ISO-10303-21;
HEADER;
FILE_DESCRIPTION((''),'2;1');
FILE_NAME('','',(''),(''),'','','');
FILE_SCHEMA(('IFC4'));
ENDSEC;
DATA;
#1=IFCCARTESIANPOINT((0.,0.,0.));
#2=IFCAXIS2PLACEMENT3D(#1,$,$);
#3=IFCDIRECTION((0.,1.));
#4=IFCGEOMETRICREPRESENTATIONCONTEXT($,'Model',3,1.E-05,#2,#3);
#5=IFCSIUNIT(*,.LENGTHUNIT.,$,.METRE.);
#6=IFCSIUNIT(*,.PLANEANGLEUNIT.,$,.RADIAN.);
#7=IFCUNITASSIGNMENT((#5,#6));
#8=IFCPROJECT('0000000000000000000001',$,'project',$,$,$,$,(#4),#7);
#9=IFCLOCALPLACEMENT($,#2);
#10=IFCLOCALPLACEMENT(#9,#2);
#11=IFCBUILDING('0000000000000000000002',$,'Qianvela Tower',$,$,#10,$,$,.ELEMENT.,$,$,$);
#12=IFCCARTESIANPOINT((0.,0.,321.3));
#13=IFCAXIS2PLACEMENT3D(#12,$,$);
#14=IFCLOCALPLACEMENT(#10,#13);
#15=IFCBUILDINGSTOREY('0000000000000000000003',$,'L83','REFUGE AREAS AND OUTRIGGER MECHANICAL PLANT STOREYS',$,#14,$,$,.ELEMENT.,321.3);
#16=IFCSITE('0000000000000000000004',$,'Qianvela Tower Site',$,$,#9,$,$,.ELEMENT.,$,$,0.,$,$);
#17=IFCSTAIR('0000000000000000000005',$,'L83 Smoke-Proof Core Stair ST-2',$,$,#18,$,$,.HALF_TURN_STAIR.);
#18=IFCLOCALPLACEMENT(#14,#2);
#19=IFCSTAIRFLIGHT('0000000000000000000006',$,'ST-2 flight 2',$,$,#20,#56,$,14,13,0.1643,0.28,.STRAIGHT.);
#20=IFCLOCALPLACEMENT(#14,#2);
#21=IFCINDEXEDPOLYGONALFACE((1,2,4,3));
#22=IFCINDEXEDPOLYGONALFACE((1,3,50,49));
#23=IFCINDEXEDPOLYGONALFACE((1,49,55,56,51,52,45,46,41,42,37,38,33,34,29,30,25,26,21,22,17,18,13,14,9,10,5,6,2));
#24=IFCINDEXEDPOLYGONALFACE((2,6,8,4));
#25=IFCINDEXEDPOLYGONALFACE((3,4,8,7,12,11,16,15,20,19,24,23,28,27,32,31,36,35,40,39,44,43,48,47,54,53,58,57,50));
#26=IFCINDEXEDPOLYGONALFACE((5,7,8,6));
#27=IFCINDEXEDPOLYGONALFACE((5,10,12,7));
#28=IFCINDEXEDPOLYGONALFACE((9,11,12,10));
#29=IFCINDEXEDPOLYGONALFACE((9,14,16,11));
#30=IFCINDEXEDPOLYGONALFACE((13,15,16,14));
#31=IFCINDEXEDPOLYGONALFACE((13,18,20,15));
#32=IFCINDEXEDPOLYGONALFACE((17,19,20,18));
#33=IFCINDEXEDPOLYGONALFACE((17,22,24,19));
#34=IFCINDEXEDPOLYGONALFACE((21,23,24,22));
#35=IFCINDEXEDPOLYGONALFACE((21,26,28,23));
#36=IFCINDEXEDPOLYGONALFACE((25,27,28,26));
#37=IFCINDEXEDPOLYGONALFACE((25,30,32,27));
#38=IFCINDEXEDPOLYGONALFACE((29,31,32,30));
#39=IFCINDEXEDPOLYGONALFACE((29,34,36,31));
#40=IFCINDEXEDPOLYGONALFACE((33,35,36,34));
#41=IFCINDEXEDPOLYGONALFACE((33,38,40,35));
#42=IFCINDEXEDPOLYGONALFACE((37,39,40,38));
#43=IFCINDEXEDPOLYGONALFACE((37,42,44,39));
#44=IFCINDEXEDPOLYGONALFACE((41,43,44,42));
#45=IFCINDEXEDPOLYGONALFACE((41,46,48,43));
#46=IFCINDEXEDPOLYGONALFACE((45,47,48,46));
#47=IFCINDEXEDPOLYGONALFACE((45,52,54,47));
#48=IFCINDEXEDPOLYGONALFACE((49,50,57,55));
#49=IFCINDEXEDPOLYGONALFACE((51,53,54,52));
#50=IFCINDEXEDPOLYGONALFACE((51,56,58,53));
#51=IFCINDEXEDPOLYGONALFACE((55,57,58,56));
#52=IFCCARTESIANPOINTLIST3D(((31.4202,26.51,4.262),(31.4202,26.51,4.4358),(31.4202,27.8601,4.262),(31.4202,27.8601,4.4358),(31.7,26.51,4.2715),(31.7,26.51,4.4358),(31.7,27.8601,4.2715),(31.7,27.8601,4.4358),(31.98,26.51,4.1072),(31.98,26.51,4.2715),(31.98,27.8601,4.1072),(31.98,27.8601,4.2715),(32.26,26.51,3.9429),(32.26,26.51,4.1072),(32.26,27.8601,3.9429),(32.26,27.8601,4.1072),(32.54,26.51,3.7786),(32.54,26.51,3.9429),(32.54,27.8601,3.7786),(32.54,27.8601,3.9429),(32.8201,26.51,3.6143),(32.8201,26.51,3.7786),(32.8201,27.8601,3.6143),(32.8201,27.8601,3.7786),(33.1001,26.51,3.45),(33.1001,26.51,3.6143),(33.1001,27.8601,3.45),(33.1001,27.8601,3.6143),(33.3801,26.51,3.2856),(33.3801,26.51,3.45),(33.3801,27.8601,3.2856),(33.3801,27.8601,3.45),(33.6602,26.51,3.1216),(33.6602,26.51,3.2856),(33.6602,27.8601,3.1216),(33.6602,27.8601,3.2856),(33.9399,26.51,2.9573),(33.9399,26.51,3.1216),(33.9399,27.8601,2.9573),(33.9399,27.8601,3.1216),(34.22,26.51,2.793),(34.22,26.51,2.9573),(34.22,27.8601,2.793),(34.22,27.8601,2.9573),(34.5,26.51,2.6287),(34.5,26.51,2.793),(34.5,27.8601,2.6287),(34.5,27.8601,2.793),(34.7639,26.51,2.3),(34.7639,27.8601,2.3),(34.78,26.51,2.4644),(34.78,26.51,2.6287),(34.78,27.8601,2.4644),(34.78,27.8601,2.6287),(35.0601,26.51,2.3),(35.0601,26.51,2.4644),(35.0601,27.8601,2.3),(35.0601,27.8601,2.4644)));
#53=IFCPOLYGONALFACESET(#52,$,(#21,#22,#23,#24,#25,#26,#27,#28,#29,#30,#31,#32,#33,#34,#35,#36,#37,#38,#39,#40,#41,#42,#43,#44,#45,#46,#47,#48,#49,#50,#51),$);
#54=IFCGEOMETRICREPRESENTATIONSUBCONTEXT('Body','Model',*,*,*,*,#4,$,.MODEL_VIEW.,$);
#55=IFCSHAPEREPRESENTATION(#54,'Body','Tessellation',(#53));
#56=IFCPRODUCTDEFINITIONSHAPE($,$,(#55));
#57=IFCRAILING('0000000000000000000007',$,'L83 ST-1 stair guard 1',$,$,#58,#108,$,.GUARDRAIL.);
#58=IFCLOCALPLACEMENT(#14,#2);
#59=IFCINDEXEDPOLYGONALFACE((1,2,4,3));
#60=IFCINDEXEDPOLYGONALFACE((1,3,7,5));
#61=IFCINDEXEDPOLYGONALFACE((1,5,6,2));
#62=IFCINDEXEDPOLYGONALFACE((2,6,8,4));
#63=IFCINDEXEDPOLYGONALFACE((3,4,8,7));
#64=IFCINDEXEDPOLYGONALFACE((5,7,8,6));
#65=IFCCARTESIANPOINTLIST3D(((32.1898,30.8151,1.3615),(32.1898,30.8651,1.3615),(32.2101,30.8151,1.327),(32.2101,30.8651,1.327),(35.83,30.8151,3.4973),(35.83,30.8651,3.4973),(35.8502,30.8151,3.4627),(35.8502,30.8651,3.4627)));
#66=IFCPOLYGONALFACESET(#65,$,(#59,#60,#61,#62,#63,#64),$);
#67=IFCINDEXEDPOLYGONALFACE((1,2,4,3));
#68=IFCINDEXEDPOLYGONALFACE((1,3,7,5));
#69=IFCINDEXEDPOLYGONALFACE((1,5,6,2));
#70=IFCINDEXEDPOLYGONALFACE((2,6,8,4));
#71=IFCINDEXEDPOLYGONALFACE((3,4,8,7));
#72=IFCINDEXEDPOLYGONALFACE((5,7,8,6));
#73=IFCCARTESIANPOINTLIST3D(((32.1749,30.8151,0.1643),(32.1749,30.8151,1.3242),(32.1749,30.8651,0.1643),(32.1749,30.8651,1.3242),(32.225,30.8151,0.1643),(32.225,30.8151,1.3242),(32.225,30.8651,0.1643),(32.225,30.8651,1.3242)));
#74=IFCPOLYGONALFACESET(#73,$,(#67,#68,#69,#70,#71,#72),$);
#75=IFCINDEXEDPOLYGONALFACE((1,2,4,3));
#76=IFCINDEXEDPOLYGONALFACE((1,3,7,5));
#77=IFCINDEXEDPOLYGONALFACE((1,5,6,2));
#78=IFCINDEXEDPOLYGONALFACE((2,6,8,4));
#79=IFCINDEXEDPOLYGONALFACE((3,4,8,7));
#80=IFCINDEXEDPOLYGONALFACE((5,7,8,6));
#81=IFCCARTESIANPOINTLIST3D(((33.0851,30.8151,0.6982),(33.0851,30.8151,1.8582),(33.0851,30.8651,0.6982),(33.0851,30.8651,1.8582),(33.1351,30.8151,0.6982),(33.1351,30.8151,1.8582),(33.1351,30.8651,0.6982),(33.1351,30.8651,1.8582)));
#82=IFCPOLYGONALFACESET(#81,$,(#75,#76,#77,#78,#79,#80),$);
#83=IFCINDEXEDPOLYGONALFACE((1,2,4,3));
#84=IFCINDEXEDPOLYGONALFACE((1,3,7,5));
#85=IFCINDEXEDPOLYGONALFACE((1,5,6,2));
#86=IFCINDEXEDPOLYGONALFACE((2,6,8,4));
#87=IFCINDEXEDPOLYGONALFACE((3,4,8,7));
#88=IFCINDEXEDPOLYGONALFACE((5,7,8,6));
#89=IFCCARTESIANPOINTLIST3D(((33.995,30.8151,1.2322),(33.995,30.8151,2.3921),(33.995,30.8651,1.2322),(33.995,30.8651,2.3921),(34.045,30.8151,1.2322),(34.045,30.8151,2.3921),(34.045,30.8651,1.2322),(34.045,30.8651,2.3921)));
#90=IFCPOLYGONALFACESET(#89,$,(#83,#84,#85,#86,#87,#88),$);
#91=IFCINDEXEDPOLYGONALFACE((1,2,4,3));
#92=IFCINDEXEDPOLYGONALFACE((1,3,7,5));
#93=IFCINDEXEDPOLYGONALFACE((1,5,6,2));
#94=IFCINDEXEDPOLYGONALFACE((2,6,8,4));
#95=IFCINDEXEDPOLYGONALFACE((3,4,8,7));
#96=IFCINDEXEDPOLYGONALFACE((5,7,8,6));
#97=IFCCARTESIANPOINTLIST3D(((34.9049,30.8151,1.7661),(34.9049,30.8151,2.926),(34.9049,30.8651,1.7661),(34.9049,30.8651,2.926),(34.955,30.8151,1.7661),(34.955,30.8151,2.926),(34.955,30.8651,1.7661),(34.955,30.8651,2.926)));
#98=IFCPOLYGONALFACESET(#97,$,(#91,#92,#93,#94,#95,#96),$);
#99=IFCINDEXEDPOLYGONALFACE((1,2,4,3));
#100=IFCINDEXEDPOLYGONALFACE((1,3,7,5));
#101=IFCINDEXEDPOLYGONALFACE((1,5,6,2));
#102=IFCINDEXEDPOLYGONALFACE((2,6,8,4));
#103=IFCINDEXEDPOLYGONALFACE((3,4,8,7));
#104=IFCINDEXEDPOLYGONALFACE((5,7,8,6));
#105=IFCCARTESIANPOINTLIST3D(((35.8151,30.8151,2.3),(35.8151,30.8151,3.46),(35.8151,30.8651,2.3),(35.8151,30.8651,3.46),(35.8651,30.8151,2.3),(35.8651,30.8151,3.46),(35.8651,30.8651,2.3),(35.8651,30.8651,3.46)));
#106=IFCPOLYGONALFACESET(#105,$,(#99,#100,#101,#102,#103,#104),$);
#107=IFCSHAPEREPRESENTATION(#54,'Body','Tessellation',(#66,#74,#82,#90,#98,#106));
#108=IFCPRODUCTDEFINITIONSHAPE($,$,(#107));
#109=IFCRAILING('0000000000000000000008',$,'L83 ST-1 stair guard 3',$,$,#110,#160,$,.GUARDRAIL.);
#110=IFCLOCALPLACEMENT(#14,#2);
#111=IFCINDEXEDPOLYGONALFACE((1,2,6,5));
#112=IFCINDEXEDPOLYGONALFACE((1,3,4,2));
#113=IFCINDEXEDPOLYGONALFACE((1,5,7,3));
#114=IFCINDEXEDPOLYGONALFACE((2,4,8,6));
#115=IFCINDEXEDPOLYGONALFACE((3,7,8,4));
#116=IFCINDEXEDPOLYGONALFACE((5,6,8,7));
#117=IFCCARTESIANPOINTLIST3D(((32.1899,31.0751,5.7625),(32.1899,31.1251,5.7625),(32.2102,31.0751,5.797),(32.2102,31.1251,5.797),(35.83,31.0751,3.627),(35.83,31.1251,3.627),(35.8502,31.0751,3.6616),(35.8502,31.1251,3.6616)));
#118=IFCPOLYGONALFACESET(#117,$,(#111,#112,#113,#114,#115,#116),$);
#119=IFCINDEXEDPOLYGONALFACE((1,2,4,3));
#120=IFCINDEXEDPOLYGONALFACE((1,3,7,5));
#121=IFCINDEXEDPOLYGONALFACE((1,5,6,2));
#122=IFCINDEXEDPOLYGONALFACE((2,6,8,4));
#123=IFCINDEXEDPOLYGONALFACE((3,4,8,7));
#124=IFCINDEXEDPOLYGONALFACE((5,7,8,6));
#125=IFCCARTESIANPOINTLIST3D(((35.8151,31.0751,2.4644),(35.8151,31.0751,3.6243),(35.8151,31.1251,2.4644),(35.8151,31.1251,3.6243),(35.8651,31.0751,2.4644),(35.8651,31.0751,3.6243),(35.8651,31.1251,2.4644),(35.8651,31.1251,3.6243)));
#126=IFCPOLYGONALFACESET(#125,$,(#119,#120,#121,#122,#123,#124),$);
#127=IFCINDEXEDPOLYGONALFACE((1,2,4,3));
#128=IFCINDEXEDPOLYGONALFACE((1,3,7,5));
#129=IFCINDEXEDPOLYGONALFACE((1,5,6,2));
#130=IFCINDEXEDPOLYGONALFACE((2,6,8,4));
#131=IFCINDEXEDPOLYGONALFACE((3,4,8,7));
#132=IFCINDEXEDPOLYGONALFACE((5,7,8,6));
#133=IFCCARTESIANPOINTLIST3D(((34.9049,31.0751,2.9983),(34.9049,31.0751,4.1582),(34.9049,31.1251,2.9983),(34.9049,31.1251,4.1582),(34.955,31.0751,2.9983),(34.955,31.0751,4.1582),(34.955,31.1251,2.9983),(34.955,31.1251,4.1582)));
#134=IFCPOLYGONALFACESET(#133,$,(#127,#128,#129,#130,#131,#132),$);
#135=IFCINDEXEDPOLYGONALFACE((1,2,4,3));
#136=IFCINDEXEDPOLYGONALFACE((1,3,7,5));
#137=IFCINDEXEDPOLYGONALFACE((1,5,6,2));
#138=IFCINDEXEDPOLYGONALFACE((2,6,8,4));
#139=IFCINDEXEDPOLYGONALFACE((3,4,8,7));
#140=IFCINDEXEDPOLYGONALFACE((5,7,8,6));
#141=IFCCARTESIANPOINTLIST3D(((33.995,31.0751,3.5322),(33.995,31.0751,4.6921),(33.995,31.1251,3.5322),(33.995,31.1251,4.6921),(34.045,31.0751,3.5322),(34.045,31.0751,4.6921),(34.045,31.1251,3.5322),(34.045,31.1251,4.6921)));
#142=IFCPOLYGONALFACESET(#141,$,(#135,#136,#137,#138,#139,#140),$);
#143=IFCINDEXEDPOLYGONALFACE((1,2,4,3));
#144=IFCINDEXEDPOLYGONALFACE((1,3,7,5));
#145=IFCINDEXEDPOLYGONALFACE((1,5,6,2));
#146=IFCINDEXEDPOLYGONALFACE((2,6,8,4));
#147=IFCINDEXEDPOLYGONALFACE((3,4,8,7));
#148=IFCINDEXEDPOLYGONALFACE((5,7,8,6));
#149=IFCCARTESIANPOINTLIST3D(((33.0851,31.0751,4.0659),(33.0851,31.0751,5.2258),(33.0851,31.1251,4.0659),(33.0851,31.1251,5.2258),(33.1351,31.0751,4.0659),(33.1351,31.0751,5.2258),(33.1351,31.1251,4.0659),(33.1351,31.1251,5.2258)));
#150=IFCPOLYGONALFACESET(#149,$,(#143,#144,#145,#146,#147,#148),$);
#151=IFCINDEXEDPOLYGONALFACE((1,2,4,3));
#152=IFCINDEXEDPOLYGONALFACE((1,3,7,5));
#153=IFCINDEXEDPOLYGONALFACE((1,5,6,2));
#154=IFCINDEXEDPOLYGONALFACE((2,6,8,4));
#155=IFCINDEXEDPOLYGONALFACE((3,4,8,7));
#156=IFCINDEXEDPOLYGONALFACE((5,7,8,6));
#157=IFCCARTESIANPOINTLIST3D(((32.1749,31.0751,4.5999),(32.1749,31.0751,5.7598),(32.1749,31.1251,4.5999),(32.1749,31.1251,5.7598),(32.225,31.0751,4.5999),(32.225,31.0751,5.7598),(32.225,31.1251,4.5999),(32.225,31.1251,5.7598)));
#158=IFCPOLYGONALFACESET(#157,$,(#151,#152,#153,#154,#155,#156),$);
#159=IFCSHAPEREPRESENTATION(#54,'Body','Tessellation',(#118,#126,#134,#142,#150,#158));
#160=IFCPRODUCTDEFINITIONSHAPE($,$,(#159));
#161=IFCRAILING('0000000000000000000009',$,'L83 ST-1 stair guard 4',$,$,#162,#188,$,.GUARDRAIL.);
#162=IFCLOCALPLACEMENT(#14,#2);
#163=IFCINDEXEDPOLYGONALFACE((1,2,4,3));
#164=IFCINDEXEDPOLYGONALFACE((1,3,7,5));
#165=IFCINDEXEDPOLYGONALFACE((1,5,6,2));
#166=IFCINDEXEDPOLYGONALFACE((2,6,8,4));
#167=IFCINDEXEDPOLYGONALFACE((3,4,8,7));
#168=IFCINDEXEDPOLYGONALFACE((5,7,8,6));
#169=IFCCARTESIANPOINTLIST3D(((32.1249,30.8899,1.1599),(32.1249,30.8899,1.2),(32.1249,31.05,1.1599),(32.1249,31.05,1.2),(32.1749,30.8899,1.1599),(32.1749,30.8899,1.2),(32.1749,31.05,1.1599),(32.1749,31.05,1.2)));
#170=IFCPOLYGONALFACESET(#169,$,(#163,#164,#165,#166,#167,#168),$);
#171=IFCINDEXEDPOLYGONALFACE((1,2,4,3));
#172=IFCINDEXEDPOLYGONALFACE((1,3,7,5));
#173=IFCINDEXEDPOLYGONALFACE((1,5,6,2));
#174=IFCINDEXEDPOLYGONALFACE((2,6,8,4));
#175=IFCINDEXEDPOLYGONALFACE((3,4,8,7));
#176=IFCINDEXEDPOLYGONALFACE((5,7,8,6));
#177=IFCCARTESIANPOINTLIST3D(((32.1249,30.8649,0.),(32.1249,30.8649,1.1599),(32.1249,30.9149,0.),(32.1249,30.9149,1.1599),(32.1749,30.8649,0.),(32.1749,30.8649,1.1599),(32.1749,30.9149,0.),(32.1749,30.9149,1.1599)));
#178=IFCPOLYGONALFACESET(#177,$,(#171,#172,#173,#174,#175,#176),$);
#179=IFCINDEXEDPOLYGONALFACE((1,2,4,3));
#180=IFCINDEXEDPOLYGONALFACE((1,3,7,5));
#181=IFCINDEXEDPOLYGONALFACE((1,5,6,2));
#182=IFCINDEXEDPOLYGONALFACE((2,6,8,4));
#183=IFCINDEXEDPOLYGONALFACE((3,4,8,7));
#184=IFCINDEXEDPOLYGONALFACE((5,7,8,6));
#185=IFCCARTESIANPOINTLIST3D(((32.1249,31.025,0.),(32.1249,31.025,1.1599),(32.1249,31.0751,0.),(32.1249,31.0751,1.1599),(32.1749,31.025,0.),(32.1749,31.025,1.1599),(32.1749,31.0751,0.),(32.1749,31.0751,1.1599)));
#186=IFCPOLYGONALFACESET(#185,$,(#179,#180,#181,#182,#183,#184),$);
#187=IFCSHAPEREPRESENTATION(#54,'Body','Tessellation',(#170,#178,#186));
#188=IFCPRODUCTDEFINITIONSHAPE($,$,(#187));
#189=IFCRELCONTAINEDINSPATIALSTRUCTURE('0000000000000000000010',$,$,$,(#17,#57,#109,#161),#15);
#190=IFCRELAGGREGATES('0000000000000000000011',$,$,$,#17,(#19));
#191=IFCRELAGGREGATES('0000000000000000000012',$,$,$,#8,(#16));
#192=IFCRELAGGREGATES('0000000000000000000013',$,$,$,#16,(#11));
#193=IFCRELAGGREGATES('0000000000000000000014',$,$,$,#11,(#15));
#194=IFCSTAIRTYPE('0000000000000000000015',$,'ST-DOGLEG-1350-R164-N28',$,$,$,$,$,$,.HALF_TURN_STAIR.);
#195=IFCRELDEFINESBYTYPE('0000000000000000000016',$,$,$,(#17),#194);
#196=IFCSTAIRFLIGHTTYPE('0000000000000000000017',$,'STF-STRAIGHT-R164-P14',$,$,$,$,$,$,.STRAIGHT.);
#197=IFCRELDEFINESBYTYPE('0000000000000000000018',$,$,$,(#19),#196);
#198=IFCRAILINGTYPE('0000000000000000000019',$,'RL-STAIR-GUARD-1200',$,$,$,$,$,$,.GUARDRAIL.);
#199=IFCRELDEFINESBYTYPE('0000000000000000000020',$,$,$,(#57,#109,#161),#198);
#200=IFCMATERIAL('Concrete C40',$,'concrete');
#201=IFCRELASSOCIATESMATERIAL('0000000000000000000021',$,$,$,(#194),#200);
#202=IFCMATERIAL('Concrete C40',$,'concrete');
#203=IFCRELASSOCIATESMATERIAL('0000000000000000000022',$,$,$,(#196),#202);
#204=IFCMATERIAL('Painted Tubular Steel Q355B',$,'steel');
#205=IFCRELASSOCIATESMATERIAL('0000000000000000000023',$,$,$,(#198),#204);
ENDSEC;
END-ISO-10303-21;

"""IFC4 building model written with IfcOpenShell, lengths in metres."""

from ifc_helpers import new_model, si_unit, direction, frame, origin, origin_2d, place, context, subcontext, project, spatial, polyline, rectangle, outline, extrude, material, type_object, element, aggregate, save


model = new_model("IFC4")

# Units and contexts
model_context = context("Model", 3, precision=1e-05, world=origin(), true_north=direction((0.0, 1.0)))
body_context = subcontext(model_context, "Body", "Model", "MODEL_VIEW")
ifc_project = project(units=[si_unit("LENGTHUNIT", "METRE"), si_unit("PLANEANGLEUNIT", "RADIAN")], contexts=[model_context])

# Site, building, storey
site_placement = place(None, origin())
site = spatial("IfcSite", under=ifc_project, at=site_placement, Name="Qianvela Tower Site", CompositionType="ELEMENT", RefElevation=0.0)
building_placement = place(site_placement, origin())
building = spatial("IfcBuilding", under=site, at=building_placement, Name="Qianvela Tower", CompositionType="ELEMENT")
storey_placement = place(building_placement, frame((0.0, 0.0, 321.3)))
storey = spatial("IfcBuildingStorey", under=building, at=storey_placement, Name="L83", Description="REFUGE AREAS AND OUTRIGGER MECHANICAL PLANT STOREYS", CompositionType="ELEMENT", Elevation=321.3)

# Shared definitions
ifc_material_1 = material(Name="Concrete C40", Category="concrete")
stair_type = type_object("IfcStairType", Name="ST-DOGLEG-1350-R164-N28", PredefinedType="HALF_TURN_STAIR", material=ifc_material_1)
ifc_material_2 = material(Name="Concrete C40", Category="concrete")
stair_flight_type = type_object("IfcStairFlightType", Name="STF-STRAIGHT-R164-P14", PredefinedType="STRAIGHT", material=ifc_material_2)

# Stair, stair flight
stair_1_placement = place(storey_placement, origin())
stair_1 = element("IfcStair", 1, at=stair_1_placement, inside=storey, type_object=stair_type, Name="L83 Smoke-Proof Core Stair ST-2", PredefinedType="HALF_TURN_STAIR")
stair_flight_1_placement = place(storey_placement, frame((35.0601, 27.1851, 2.3), z_axis=(0.0, 0.0, 1.0), x_axis=(-1.0, 0.0, 0.0)))
stair_flight_1 = element("IfcStairFlight", 2, at=stair_flight_1_placement, type_object=stair_flight_type, Name="ST-2 flight 2", NumberOfRisers=14, NumberOfTreads=13, PredefinedType="STRAIGHT", RiserHeight=0.1643, TreadLength=0.28, context=body_context, shape_type="SweptSolid", body=[
    extrude(outline(polyline([(0.0, 0.0), (0.0, 0.1643), (0.28, 0.1643), (0.28, 0.3286), (0.5601, 0.3286), (0.5601, 0.4929), (0.8401, 0.4929), (0.8401, 0.6572), (1.1201, 0.6572), (1.1201, 0.8215), (1.3999, 0.8215), (1.3999, 0.9856), (1.6799, 0.9856), (1.6799, 1.1499), (1.96, 1.1499), (1.96, 1.3142), (2.24, 1.3142), (2.24, 1.4785), (2.52, 1.4785), (2.52, 1.6428), (2.8, 1.6428), (2.8, 1.8071), (3.0801, 1.8071), (3.0801, 1.9714), (3.3601, 1.9714), (3.3601, 2.1357), (3.6399, 2.1357), (3.6399, 2.3), (3.6399, 1.9619), (0.2961, 0.0), (0.0, 0.0)])), frame((0.0, 0.675, 0.0), z_axis=(0.0, -1.0, 0.0), x_axis=(1.0, 0.0, 0.0)), (0.0, 0.0, 1.0), 1.3501),
])
aggregate(stair_1, [stair_flight_1])

# Railings
ifc_material_3 = material(Name="Painted Tubular Steel Q355B", Category="steel")
railing_type_1 = type_object("IfcRailingType", Name="RL-STAIR-GUARD-1200", PredefinedType="GUARDRAIL", material=ifc_material_3)
railing_1_placement = place(storey_placement, frame((32.2, 30.8401, 0.1643)))
element("IfcRailing", 3, at=railing_1_placement, inside=storey, type_object=railing_type_1, Name="L83 ST-1 stair guard 1", PredefinedType="GUARDRAIL", context=body_context, shape_type="SweptSolid", body=[
    extrude(rectangle(XDim=0.05, YDim=0.04, at=origin_2d()), frame((0.0, 0.0, 1.1799), z_axis=(0.862505, 0.0, 0.506049), x_axis=(0.0, 1.0, 0.0)), (0.0, 0.0, 1.0), 4.2205),
    extrude(rectangle(XDim=0.05, YDim=0.05, at=origin_2d()), origin(), (0.0, 0.0, 1.0), 1.1599),
    extrude(rectangle(XDim=0.05, YDim=0.05, at=origin_2d()), frame((0.9102, 0.0, 0.5339)), (0.0, 0.0, 1.0), 1.1599),
    extrude(rectangle(XDim=0.05, YDim=0.05, at=origin_2d()), frame((1.8201, 0.0, 1.0679)), (0.0, 0.0, 1.0), 1.1599),
    extrude(rectangle(XDim=0.05, YDim=0.05, at=origin_2d()), frame((2.73, 0.0, 1.6018)), (0.0, 0.0, 1.0), 1.1599),
    extrude(rectangle(XDim=0.05, YDim=0.05, at=origin_2d()), frame((3.6401, 0.0, 2.1357)), (0.0, 0.0, 1.0), 1.1599),
])
railing_2_placement = place(storey_placement, frame((35.8401, 31.1001, 2.4644)))
element("IfcRailing", 4, at=railing_2_placement, inside=storey, type_object=railing_type_1, Name="L83 ST-1 stair guard 3", PredefinedType="GUARDRAIL", context=body_context, shape_type="SweptSolid", body=[
    extrude(rectangle(XDim=0.05, YDim=0.04, at=origin_2d()), frame((0.0, 0.0, 1.1799), z_axis=(-0.86253, 0.0, 0.506006), x_axis=(0.0, -1.0, 0.0)), (0.0, 0.0, 1.0), 4.2202),
    extrude(rectangle(XDim=0.05, YDim=0.05, at=origin_2d()), origin(), (0.0, 0.0, 1.0), 1.1599),
    extrude(rectangle(XDim=0.05, YDim=0.05, at=origin_2d()), frame((-0.9102, 0.0, 0.5339)), (0.0, 0.0, 1.0), 1.1599),
    extrude(rectangle(XDim=0.05, YDim=0.05, at=origin_2d()), frame((-1.8201, 0.0, 1.0679)), (0.0, 0.0, 1.0), 1.1599),
    extrude(rectangle(XDim=0.05, YDim=0.05, at=origin_2d()), frame((-2.73, 0.0, 1.6016)), (0.0, 0.0, 1.0), 1.1599),
    extrude(rectangle(XDim=0.05, YDim=0.05, at=origin_2d()), frame((-3.6401, 0.0, 2.1355)), (0.0, 0.0, 1.0), 1.1599),
])
railing_3_placement = place(storey_placement, frame((32.1499, 30.8899, 0.0)))
element("IfcRailing", 5, at=railing_3_placement, inside=storey, type_object=railing_type_1, Name="L83 ST-1 stair guard 4", PredefinedType="GUARDRAIL", context=body_context, shape_type="SweptSolid", body=[
    extrude(rectangle(XDim=0.05, YDim=0.04, at=origin_2d()), frame((0.0, 0.0, 1.1799), z_axis=(0.0, 1.0, 0.0), x_axis=(-1.0, 0.0, 0.0)), (0.0, 0.0, 1.0), 0.1602),
    extrude(rectangle(XDim=0.05, YDim=0.05, at=origin_2d()), origin(), (0.0, 0.0, 1.0), 1.1599),
    extrude(rectangle(XDim=0.05, YDim=0.05, at=origin_2d()), frame((0.0, 0.1602, 0.0)), (0.0, 0.0, 1.0), 1.1599),
])

save(model, "model.ifc")
